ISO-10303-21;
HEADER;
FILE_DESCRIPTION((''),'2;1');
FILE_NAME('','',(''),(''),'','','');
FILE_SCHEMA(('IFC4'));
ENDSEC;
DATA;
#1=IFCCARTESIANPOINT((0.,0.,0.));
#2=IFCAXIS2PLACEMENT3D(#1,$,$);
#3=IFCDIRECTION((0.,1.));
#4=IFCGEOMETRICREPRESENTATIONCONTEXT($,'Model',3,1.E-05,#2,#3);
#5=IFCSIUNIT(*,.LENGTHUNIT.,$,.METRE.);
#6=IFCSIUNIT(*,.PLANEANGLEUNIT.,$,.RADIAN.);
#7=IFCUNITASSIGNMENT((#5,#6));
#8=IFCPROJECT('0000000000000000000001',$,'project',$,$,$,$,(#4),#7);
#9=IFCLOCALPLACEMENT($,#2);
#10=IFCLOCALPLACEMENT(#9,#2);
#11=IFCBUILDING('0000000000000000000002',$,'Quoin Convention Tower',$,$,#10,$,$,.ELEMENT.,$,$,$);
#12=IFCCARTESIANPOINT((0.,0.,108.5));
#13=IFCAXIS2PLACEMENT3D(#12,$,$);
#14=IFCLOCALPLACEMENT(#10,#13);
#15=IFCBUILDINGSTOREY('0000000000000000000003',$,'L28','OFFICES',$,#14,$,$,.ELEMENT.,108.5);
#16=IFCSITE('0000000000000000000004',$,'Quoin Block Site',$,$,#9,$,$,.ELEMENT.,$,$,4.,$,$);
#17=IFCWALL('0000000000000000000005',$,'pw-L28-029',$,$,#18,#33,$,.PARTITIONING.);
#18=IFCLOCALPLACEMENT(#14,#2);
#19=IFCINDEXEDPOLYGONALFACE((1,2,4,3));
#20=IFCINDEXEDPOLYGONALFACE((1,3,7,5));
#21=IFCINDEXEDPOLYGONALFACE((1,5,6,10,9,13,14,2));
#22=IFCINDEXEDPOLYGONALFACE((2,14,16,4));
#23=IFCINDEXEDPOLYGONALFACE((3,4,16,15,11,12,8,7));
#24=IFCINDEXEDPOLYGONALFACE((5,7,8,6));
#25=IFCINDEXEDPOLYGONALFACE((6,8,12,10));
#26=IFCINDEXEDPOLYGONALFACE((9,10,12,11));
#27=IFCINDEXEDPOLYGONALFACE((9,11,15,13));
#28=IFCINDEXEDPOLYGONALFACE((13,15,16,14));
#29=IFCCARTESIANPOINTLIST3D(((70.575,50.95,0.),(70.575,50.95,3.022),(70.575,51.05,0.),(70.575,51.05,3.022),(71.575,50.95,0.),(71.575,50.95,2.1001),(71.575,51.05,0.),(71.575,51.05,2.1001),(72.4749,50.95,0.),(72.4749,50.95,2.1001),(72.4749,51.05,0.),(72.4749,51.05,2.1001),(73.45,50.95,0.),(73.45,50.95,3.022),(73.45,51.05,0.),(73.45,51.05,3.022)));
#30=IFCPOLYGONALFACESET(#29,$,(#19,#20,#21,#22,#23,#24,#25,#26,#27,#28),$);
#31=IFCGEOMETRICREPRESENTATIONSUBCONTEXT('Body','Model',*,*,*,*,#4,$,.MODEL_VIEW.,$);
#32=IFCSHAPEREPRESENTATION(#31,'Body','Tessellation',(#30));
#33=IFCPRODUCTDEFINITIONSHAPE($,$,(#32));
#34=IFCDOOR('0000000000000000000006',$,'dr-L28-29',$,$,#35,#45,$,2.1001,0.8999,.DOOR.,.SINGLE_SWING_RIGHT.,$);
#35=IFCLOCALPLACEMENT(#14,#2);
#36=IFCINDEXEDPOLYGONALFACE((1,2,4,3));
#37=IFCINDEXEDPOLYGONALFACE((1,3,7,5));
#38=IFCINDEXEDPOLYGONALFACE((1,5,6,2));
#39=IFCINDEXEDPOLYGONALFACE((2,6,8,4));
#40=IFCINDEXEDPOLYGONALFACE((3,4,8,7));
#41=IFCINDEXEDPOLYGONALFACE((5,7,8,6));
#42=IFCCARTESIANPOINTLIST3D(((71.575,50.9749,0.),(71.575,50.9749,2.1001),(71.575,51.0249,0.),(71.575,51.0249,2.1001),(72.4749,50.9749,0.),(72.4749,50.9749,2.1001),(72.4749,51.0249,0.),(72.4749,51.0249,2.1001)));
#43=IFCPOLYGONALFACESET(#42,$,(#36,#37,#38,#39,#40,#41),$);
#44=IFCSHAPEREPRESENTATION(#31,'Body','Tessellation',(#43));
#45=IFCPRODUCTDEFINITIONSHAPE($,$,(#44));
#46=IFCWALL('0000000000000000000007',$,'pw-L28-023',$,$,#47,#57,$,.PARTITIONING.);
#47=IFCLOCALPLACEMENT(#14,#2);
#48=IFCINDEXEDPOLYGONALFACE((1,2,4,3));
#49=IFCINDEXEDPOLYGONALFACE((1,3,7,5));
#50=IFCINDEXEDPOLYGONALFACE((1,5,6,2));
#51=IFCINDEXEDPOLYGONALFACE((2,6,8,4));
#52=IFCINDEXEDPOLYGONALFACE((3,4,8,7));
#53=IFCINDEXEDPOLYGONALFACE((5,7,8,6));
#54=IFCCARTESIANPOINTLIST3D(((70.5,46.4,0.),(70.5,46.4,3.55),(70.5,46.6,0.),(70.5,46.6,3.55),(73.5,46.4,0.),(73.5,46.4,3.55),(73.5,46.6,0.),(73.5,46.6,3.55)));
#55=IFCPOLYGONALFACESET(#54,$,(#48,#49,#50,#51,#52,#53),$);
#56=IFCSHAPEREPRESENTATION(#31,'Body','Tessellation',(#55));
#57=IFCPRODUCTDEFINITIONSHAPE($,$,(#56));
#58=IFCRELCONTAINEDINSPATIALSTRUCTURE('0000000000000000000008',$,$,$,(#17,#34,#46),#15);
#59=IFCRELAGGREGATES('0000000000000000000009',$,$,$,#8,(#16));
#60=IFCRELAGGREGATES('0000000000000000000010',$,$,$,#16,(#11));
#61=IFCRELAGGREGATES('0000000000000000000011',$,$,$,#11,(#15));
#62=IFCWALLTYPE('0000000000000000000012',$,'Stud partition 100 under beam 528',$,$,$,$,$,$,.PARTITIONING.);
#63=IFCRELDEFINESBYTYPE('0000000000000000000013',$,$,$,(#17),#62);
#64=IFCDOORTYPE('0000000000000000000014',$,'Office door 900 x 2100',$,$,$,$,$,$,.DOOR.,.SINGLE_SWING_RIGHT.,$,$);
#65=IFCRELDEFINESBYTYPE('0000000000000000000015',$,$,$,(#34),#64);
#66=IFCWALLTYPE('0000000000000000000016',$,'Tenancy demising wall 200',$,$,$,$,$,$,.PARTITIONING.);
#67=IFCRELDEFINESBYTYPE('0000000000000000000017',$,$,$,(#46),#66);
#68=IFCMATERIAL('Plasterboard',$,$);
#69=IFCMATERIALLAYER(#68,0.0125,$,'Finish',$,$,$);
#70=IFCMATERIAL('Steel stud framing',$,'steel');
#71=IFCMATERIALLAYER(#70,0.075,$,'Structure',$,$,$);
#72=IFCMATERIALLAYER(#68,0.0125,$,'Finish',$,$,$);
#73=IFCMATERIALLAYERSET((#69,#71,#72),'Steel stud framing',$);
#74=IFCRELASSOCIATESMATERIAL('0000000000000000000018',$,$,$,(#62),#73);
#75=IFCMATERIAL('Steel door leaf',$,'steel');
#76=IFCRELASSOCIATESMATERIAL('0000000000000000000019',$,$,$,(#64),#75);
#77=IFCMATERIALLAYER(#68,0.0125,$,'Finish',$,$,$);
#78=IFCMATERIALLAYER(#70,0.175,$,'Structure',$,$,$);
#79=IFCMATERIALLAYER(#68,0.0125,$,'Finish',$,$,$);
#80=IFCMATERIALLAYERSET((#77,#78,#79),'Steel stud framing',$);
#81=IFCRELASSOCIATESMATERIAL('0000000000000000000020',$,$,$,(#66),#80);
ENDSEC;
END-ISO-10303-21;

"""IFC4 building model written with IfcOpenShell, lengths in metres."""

from ifc_helpers import new_model, si_unit, direction, frame, frame_2d, origin, place, context, subcontext, project, spatial, rectangle, extrude, material, layer, layer_set, type_object, element, fill, save


model = new_model("IFC4")

# Units and contexts
model_context = context("Model", 3, precision=1e-05, world=origin(), true_north=direction((0.0, 1.0)))
body_context = subcontext(model_context, "Body", "Model", "MODEL_VIEW")
ifc_project = project(units=[si_unit("LENGTHUNIT", "METRE"), si_unit("PLANEANGLEUNIT", "RADIAN")], contexts=[model_context])

# Site, building, storey
site_placement = place(None, origin())
site = spatial("IfcSite", under=ifc_project, at=site_placement, Name="Quoin Block Site", CompositionType="ELEMENT", RefElevation=4.0)
building_placement = place(site_placement, origin())
building = spatial("IfcBuilding", under=site, at=building_placement, Name="Quoin Convention Tower", CompositionType="ELEMENT")
storey_placement = place(building_placement, frame((0.0, 0.0, 108.5)))
storey = spatial("IfcBuildingStorey", under=building, at=storey_placement, Name="L28", Description="OFFICES", CompositionType="ELEMENT", Elevation=108.5)

# Shared definitions
ifc_material_1 = material(Name="Plasterboard")
ifc_material_2 = material(Name="Steel stud framing", Category="steel")
ifc_material_3 = material(Name="Steel door leaf", Category="steel")

# Wall, opening, door
ifc_layer_1 = layer(ifc_material_1, 0.0125, Name="Finish")
ifc_layer_2 = layer(ifc_material_2, 0.075, Name="Structure")
ifc_layer_3 = layer(ifc_material_1, 0.0125, Name="Finish")
ifc_layer_set_1 = layer_set([ifc_layer_1, ifc_layer_2, ifc_layer_3], Name="Steel stud framing")
wall_type_1 = type_object("IfcWallType", Name="Stud partition 100 under beam 528", PredefinedType="PARTITIONING", material=ifc_layer_set_1)
wall_1_placement = place(storey_placement, frame((70.575, 51.0, 0.0), z_axis=(0.0, 0.0, 1.0), x_axis=(1.0, 0.0, 0.0)))
wall_1 = element("IfcWall", 1, at=wall_1_placement, inside=storey, type_object=wall_type_1, Name="pw-L28-029", PredefinedType="PARTITIONING", context=body_context, shape_type="SweptSolid", body=[
    extrude(rectangle(XDim=2.875, YDim=0.1001, at=frame_2d((1.4375, 0.0))), origin(), (0.0, 0.0, 1.0), 3.022),
])
opening_1_placement = place(wall_1_placement, frame((1.0, 0.0, 0.0)))
opening_1 = element("IfcOpeningElement", 2, at=opening_1_placement, cuts=wall_1, PredefinedType="OPENING", context=body_context, shape_type="SweptSolid", body=[
    extrude(rectangle(XDim=0.8999, YDim=2.1001, at=frame_2d((0.45, 1.05))), frame((0.0, 0.0601, 0.0), z_axis=(0.0, -1.0, 0.0), x_axis=(1.0, 0.0, 0.0)), (0.0, 0.0, 1.0), 0.1201),
])
door_type_1 = type_object("IfcDoorType", Name="Office door 900 x 2100", OperationType="SINGLE_SWING_RIGHT", PredefinedType="DOOR", material=ifc_material_3)
door_1_placement = place(opening_1_placement, origin())
door_1 = element("IfcDoor", 3, at=door_1_placement, inside=storey, type_object=door_type_1, Name="dr-L28-29", OperationType="SINGLE_SWING_RIGHT", OverallHeight=2.1001, OverallWidth=0.8999, PredefinedType="DOOR", context=body_context, shape_type="SweptSolid", body=[
    extrude(rectangle(XDim=0.8999, YDim=2.1001, at=frame_2d((0.45, 1.05))), frame((0.0, 0.0249, 0.0), z_axis=(0.0, -1.0, 0.0), x_axis=(1.0, 0.0, 0.0)), (0.0, 0.0, 1.0), 0.05),
])
fill(opening_1, door_1)

# Wall
ifc_layer_4 = layer(ifc_material_1, 0.0125, Name="Finish")
ifc_layer_5 = layer(ifc_material_2, 0.175, Name="Structure")
ifc_layer_6 = layer(ifc_material_1, 0.0125, Name="Finish")
ifc_layer_set_2 = layer_set([ifc_layer_4, ifc_layer_5, ifc_layer_6], Name="Steel stud framing")
wall_type_2 = type_object("IfcWallType", Name="Tenancy demising wall 200", PredefinedType="PARTITIONING", material=ifc_layer_set_2)
wall_2_placement = place(storey_placement, frame((70.5, 46.5, 0.0), z_axis=(0.0, 0.0, 1.0), x_axis=(1.0, 0.0, 0.0)))
element("IfcWall", 4, at=wall_2_placement, inside=storey, type_object=wall_type_2, Name="pw-L28-023", PredefinedType="PARTITIONING", context=body_context, shape_type="SweptSolid", body=[
    extrude(rectangle(XDim=3.0, YDim=0.2, at=frame_2d((1.5, 0.0))), origin(), (0.0, 0.0, 1.0), 3.55),
])

save(model, "model.ifc")
